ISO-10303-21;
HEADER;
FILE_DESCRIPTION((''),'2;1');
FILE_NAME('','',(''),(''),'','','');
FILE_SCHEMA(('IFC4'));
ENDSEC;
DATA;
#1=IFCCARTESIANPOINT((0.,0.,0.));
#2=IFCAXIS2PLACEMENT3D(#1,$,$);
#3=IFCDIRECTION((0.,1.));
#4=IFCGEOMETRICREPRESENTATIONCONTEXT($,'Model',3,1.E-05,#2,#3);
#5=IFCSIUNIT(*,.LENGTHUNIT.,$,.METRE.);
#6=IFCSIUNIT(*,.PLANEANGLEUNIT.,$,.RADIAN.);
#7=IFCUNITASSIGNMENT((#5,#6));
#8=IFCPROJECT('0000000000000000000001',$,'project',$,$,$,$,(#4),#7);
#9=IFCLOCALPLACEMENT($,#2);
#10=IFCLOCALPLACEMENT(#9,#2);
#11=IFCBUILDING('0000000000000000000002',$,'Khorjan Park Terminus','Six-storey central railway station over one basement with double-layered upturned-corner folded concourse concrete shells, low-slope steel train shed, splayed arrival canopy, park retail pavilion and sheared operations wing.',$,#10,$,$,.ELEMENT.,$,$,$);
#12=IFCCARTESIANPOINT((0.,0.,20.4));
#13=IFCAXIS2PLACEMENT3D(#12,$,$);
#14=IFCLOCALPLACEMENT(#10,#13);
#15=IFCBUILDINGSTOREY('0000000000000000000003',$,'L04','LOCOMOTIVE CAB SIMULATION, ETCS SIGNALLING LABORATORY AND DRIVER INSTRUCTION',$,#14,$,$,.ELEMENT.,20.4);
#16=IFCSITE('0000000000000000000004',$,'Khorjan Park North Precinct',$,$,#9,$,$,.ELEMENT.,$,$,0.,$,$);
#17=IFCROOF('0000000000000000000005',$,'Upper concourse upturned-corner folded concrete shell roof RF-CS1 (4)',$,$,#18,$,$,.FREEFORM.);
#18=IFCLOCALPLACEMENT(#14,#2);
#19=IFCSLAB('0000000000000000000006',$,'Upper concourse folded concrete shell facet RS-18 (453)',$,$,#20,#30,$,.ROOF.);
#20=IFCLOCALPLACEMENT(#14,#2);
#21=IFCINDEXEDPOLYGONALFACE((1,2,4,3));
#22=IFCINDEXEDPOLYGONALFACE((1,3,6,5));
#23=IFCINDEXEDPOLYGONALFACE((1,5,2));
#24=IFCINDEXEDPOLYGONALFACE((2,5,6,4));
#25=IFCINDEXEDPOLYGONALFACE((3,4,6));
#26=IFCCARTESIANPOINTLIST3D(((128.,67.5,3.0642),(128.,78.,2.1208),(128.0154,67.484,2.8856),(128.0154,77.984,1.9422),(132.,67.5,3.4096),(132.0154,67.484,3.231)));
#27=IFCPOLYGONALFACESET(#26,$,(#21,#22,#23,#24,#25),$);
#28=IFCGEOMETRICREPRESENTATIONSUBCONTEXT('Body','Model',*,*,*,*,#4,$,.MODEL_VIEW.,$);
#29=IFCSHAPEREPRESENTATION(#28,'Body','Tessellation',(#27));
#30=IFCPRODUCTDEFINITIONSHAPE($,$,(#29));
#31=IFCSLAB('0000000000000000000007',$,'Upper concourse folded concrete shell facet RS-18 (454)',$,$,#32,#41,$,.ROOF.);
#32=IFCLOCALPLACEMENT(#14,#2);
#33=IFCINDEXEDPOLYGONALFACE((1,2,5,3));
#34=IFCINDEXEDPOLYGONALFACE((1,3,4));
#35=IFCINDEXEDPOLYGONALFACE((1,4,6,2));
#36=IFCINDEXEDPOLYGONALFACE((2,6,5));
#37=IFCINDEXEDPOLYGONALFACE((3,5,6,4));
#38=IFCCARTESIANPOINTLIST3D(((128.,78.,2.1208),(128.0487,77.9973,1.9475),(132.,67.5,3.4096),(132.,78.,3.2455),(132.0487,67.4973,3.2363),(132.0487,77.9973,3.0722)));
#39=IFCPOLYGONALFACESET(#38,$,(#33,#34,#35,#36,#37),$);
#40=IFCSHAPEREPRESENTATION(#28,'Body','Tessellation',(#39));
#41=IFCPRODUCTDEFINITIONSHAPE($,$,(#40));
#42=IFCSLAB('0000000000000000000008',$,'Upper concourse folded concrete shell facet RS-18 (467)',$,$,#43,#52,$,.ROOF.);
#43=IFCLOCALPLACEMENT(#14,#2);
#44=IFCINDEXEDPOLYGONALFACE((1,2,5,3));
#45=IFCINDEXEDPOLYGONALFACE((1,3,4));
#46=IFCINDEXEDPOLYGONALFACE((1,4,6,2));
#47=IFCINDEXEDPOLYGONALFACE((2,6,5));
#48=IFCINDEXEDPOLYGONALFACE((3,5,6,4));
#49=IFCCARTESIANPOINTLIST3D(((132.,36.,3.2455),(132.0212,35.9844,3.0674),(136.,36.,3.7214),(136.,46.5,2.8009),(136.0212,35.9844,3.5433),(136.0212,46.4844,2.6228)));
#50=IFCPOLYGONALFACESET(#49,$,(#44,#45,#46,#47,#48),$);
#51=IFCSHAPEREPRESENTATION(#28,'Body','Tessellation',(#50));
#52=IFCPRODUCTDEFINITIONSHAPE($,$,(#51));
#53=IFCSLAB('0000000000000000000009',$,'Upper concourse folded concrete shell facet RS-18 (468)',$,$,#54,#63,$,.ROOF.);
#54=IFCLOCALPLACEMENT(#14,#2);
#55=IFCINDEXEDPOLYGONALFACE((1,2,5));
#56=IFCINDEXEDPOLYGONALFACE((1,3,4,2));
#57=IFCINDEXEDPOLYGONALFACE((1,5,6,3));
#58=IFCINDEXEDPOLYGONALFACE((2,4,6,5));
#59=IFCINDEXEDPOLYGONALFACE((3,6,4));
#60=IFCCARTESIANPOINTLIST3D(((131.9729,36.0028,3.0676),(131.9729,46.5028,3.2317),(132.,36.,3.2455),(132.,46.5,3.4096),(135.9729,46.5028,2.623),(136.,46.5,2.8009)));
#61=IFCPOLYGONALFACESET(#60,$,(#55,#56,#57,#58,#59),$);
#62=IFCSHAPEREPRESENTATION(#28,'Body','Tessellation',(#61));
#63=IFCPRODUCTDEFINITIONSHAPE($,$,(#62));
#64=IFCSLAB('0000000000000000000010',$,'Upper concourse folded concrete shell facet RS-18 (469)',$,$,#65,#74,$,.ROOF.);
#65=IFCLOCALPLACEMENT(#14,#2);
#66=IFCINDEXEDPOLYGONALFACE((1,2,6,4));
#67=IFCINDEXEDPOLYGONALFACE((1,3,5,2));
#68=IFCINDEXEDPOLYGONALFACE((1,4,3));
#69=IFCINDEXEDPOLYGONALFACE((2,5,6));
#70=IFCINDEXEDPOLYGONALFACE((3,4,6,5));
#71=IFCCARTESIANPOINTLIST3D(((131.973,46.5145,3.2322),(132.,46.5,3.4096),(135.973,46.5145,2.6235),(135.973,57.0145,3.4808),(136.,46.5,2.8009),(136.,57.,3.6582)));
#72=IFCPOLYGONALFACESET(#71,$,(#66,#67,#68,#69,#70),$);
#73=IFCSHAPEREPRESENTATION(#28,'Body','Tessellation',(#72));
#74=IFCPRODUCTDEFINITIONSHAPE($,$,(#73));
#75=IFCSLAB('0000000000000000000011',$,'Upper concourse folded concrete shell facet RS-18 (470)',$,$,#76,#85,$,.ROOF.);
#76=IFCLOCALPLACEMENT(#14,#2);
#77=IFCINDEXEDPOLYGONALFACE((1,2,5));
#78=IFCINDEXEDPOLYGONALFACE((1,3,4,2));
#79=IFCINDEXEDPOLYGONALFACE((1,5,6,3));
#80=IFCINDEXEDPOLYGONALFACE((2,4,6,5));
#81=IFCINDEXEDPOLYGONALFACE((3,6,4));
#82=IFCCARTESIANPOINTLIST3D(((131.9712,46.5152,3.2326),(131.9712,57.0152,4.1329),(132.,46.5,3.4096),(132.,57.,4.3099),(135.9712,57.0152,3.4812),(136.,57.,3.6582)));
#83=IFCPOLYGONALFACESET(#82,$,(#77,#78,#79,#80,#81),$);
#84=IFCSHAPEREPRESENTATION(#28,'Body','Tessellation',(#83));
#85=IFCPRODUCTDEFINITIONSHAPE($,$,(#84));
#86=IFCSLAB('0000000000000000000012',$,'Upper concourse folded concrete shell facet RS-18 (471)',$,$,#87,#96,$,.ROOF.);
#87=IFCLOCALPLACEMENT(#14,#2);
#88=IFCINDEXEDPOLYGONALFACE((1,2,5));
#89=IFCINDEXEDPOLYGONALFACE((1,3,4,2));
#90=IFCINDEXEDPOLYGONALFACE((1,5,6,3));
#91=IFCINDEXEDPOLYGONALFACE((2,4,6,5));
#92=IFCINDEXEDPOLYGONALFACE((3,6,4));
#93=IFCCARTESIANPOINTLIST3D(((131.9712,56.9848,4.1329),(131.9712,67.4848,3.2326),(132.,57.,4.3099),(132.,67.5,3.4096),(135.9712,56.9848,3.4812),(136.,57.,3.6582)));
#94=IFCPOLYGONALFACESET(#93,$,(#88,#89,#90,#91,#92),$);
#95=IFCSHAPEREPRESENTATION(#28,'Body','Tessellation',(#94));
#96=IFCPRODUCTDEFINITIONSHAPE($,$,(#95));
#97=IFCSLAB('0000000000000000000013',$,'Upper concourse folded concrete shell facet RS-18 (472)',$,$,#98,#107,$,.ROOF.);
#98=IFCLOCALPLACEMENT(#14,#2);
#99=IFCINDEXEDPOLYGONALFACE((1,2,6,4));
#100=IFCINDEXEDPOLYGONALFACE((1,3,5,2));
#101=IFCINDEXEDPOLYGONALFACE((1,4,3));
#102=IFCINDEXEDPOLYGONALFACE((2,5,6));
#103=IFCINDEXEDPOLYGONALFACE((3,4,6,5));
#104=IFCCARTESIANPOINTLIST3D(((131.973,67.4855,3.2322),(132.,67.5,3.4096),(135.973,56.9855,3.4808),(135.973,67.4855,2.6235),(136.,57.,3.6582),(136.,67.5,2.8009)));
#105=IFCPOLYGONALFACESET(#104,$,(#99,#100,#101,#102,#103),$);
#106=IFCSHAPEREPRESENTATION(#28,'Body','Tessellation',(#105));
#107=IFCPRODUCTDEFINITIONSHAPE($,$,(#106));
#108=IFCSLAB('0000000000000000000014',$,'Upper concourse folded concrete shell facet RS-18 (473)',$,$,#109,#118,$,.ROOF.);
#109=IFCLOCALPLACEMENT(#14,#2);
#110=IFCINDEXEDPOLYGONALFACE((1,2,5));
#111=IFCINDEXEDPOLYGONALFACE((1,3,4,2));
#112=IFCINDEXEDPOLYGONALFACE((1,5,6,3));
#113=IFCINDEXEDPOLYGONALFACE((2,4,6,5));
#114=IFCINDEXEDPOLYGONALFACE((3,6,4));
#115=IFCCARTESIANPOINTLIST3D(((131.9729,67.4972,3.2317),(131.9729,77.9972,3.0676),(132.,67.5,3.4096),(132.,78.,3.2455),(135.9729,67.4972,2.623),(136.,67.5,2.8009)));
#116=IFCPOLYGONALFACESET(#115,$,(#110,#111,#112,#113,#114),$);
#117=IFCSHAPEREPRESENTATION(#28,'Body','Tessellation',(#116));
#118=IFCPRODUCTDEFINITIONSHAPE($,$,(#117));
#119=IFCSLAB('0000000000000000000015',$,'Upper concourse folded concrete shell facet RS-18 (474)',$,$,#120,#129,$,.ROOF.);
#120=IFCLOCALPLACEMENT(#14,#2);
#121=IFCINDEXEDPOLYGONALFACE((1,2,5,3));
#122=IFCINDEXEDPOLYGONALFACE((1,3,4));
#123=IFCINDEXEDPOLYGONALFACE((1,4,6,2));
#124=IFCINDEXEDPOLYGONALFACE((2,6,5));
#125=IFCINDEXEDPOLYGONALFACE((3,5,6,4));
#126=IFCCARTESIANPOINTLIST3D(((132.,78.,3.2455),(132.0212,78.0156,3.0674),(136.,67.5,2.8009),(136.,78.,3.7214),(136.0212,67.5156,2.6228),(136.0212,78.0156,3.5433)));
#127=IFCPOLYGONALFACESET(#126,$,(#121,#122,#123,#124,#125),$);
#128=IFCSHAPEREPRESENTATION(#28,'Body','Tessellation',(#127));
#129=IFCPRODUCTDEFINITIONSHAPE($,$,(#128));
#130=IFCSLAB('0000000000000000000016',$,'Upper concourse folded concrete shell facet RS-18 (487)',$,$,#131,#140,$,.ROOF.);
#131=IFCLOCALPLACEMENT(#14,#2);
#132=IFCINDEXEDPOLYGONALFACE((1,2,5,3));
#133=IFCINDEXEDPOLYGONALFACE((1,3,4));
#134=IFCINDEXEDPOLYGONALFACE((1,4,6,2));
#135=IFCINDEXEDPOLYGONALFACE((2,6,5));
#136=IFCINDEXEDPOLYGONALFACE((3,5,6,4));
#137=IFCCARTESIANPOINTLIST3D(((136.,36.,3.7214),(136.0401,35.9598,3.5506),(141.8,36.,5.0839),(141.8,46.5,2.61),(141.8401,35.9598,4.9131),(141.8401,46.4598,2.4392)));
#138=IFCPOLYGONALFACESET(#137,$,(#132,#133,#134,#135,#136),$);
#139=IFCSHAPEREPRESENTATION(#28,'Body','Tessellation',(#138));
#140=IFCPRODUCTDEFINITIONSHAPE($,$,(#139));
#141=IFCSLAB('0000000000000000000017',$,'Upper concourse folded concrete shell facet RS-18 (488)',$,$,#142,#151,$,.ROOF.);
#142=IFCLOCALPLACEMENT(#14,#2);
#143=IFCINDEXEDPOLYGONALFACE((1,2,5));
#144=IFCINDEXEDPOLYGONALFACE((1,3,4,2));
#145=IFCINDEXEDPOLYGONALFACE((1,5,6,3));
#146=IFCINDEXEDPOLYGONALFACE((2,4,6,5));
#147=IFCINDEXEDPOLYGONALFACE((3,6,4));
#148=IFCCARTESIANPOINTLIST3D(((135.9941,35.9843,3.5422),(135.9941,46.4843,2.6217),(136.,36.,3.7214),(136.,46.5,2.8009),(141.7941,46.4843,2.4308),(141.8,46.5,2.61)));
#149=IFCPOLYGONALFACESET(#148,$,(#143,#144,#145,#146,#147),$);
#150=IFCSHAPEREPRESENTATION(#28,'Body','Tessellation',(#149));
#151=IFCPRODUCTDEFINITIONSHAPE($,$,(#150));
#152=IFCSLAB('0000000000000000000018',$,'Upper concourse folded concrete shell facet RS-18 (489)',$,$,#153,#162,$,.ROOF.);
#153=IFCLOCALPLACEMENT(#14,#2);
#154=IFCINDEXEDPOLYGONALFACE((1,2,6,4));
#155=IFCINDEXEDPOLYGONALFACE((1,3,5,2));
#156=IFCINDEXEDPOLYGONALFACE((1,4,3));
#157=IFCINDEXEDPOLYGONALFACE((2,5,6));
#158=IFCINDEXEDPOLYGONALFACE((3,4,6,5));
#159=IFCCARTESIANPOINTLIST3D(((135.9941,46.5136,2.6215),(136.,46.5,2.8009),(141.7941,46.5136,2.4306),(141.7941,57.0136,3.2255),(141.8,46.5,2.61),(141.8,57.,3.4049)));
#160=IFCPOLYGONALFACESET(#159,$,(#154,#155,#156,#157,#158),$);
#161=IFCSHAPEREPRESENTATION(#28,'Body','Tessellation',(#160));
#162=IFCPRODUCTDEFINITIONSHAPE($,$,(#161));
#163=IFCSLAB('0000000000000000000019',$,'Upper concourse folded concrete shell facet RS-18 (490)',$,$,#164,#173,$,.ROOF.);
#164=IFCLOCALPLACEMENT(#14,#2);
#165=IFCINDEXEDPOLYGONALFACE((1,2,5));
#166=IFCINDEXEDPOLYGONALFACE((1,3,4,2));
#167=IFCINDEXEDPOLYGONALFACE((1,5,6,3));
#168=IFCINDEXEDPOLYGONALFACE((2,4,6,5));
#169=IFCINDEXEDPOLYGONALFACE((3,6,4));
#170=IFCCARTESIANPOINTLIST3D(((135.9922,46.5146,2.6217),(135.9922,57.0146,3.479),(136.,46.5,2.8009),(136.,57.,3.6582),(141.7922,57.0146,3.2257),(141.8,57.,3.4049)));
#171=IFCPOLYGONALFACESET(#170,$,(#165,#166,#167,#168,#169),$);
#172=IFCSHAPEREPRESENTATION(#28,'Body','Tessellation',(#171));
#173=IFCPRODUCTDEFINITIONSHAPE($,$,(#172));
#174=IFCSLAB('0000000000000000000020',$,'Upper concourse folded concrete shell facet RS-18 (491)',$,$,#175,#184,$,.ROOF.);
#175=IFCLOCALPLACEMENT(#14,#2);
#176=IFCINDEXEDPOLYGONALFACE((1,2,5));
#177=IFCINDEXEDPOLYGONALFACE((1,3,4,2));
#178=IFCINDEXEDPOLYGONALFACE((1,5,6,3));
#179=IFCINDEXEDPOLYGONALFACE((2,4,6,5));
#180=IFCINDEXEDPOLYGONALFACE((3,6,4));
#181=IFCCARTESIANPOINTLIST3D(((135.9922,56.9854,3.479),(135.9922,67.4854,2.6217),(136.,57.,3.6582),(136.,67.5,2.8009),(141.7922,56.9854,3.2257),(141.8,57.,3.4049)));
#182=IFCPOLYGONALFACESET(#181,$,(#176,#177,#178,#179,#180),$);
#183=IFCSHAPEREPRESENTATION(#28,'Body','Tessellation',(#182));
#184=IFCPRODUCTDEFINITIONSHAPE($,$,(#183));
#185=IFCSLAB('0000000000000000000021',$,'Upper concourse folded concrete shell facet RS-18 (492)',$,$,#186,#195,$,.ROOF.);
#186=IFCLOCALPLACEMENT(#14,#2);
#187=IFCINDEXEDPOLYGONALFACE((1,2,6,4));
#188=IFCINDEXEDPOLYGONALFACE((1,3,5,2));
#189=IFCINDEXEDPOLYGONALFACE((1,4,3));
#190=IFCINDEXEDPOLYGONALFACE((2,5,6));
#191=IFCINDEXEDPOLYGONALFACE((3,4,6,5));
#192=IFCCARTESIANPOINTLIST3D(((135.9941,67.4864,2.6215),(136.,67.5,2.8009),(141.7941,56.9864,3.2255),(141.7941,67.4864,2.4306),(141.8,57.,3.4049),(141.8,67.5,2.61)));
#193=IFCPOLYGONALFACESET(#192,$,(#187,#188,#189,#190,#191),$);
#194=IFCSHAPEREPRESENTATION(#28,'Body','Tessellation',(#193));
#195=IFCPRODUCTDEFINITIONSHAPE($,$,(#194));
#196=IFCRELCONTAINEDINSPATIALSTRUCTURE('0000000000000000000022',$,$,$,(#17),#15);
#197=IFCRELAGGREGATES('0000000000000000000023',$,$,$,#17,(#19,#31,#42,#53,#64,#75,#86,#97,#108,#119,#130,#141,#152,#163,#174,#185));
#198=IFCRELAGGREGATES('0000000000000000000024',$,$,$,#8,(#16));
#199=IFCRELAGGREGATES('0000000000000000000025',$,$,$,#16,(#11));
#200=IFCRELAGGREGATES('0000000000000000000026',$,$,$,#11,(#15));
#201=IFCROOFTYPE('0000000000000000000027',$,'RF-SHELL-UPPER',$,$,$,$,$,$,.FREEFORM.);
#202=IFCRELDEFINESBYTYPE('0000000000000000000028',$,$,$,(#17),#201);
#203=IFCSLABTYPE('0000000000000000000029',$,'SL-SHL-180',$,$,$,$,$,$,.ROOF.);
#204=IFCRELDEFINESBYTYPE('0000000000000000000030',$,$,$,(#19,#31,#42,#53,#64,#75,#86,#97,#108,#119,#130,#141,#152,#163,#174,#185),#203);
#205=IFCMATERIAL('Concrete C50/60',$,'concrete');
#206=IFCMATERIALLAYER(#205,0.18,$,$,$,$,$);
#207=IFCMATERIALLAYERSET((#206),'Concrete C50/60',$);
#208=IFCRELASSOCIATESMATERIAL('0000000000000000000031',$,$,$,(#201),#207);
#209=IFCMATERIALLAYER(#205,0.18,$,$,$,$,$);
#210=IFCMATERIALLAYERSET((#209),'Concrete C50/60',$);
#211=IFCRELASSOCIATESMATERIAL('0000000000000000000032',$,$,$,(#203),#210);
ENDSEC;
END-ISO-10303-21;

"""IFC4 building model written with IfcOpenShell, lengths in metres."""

from ifc_helpers import new_model, si_unit, direction, frame, origin, place, context, subcontext, project, spatial, polyline, outline, extrude, material, layer, layer_set, type_object, element, aggregate, save


model = new_model("IFC4")

# Units and contexts
model_context = context("Model", 3, precision=1e-05, world=origin(), true_north=direction((0.0, 1.0)))
body_context = subcontext(model_context, "Body", "Model", "MODEL_VIEW")
ifc_project = project(units=[si_unit("LENGTHUNIT", "METRE"), si_unit("PLANEANGLEUNIT", "RADIAN")], contexts=[model_context])

# Site, building, storey
site_placement = place(None, origin())
site = spatial("IfcSite", under=ifc_project, at=site_placement, Name="Khorjan Park North Precinct", CompositionType="ELEMENT", RefElevation=0.0)
building_placement = place(site_placement, origin())
building = spatial("IfcBuilding", under=site, at=building_placement, Name="Khorjan Park Terminus", Description="Six-storey central railway station over one basement with double-layered upturned-corner folded concourse concrete shells, low-slope steel train shed, splayed arrival canopy, park retail pavilion and sheared operations wing.", CompositionType="ELEMENT")
storey_placement = place(building_placement, frame((0.0, 0.0, 20.4)))
storey = spatial("IfcBuildingStorey", under=building, at=storey_placement, Name="L04", Description="LOCOMOTIVE CAB SIMULATION, ETCS SIGNALLING LABORATORY AND DRIVER INSTRUCTION", CompositionType="ELEMENT", Elevation=20.4)

# Roof, slabs
ifc_material = material(Name="Concrete C50/60", Category="concrete")
ifc_layer_1 = layer(ifc_material, 0.18)
ifc_layer_set_1 = layer_set([ifc_layer_1], Name="Concrete C50/60")
roof_type = type_object("IfcRoofType", Name="RF-SHELL-UPPER", PredefinedType="FREEFORM", material=ifc_layer_set_1)
ifc_layer_2 = layer(ifc_material, 0.18)
ifc_layer_set_2 = layer_set([ifc_layer_2], Name="Concrete C50/60")
slab_type = type_object("IfcSlabType", Name="SL-SHL-180", PredefinedType="ROOF", material=ifc_layer_set_2)
roof_1_placement = place(storey_placement, origin())
roof_1 = element("IfcRoof", 1, at=roof_1_placement, inside=storey, type_object=roof_type, Name="Upper concourse upturned-corner folded concrete shell roof RF-CS1 (4)", PredefinedType="FREEFORM")
slab_1_placement = place(storey_placement, frame((128.0, 67.5, 3.0642), z_axis=(-0.085687, 0.089158, 0.992325), x_axis=(0.996293, 0.0, 0.08603)))
slab_1 = element("IfcSlab", 2, at=slab_1_placement, type_object=slab_type, Name="Upper concourse folded concrete shell facet RS-18 (453)", PredefinedType="ROOF", context=body_context, shape_type="SweptSolid", body=[
    extrude(outline(polyline([(0.0, 0.0), (4.0149, 0.0), (-0.0812, 10.542), (0.0, 0.0)])), origin(), (0.0, 0.0, -1.0), 0.18),
])
slab_2_placement = place(storey_placement, frame((132.0, 67.5, 3.4096), z_axis=(-0.270648, 0.015043, 0.962561), x_axis=(0.0, 0.999878, -0.015627)))
slab_2 = element("IfcSlab", 3, at=slab_2_placement, type_object=slab_type, Name="Upper concourse folded concrete shell facet RS-18 (454)", PredefinedType="ROOF", context=body_context, shape_type="SweptSolid", body=[
    extrude(outline(polyline([(0.0, 0.0), (10.5013, 0.0), (10.5189, 4.1551), (0.0, 0.0)])), origin(), (0.0, 0.0, -1.0), 0.18),
])
slab_3_placement = place(storey_placement, frame((132.0, 36.0, 3.2455), z_axis=(-0.117697, 0.086725, 0.989255), x_axis=(0.992997, 0.0, 0.118142)))
slab_3 = element("IfcSlab", 4, at=slab_3_placement, type_object=slab_type, Name="Upper concourse folded concrete shell facet RS-18 (467)", PredefinedType="ROOF", context=body_context, shape_type="SweptSolid", body=[
    extrude(outline(polyline([(0.0, 0.0), (4.0282, 0.0), (3.9195, 10.5397), (0.0, 0.0)])), origin(), (0.0, 0.0, -1.0), 0.18),
])
slab_4_placement = place(storey_placement, frame((132.0, 36.0, 3.2455), z_axis=(0.150425, -0.015449, 0.988501), x_axis=(0.355717, 0.933757, -0.039538)))
slab_4 = element("IfcSlab", 5, at=slab_4_placement, type_object=slab_type, Name="Upper concourse folded concrete shell facet RS-18 (468)", PredefinedType="ROOF", context=body_context, shape_type="SweptSolid", body=[
    extrude(outline(polyline([(0.0, 0.0), (11.2449, 0.0), (9.798, 3.7785), (0.0, 0.0)])), origin(), (0.0, 0.0, -1.0), 0.18),
])
slab_5_placement = place(storey_placement, frame((132.0, 46.5, 3.4096), z_axis=(0.149955, -0.080457, 0.985414), x_axis=(0.988619, 0.0, -0.150443)))
slab_5 = element("IfcSlab", 6, at=slab_5_placement, type_object=slab_type, Name="Upper concourse folded concrete shell facet RS-18 (469)", PredefinedType="ROOF", context=body_context, shape_type="SweptSolid", body=[
    extrude(outline(polyline([(0.0, 0.0), (4.046, 0.0), (3.9171, 10.5342), (0.0, 0.0)])), origin(), (0.0, 0.0, -1.0), 0.18),
])
slab_6_placement = place(storey_placement, frame((132.0, 46.5, 3.4096), z_axis=(0.160232, -0.084326, 0.983471), x_axis=(0.355908, 0.934259, 0.02212)))
slab_6 = element("IfcSlab", 7, at=slab_6_placement, type_object=slab_type, Name="Upper concourse folded concrete shell facet RS-18 (470)", PredefinedType="ROOF", context=body_context, shape_type="SweptSolid", body=[
    extrude(outline(polyline([(0.0, 0.0), (11.2389, 0.0), (9.8296, 3.7998), (0.0, 0.0)])), origin(), (0.0, 0.0, -1.0), 0.18),
])
slab_7_placement = place(storey_placement, frame((132.0, 57.0, 4.3099), z_axis=(0.160232, 0.084326, 0.983471), x_axis=(0.986986, 0.0, -0.160805)))
slab_7 = element("IfcSlab", 8, at=slab_7_placement, type_object=slab_type, Name="Upper concourse folded concrete shell facet RS-18 (471)", PredefinedType="ROOF", context=body_context, shape_type="SweptSolid", body=[
    extrude(outline(polyline([(0.0, 0.0), (4.0527, 0.0), (0.1448, 10.5375), (0.0, 0.0)])), origin(), (0.0, 0.0, -1.0), 0.18),
])
slab_8_placement = place(storey_placement, frame((136.0, 57.0, 3.6582), z_axis=(0.149955, 0.080457, 0.985414), x_axis=(0.0, 0.996683, -0.081377)))
slab_8 = element("IfcSlab", 9, at=slab_8_placement, type_object=slab_type, Name="Upper concourse folded concrete shell facet RS-18 (472)", PredefinedType="ROOF", context=body_context, shape_type="SweptSolid", body=[
    extrude(outline(polyline([(0.0, 0.0), (10.5349, 0.0), (10.4854, 4.0457), (0.0, 0.0)])), origin(), (0.0, 0.0, -1.0), 0.18),
])
slab_9_placement = place(storey_placement, frame((132.0, 67.5, 3.4096), z_axis=(0.150425, 0.015449, 0.988501), x_axis=(0.988619, 0.0, -0.150443)))
slab_9 = element("IfcSlab", 10, at=slab_9_placement, type_object=slab_type, Name="Upper concourse folded concrete shell facet RS-18 (473)", PredefinedType="ROOF", context=body_context, shape_type="SweptSolid", body=[
    extrude(outline(polyline([(0.0, 0.0), (4.046, 0.0), (0.0247, 10.5013), (0.0, 0.0)])), origin(), (0.0, 0.0, -1.0), 0.18),
])
slab_10_placement = place(storey_placement, frame((136.0, 67.5, 2.8009), z_axis=(-0.117697, -0.086725, 0.989255), x_axis=(0.0, 0.996179, 0.087332)))
slab_10 = element("IfcSlab", 11, at=slab_10_placement, type_object=slab_type, Name="Upper concourse folded concrete shell facet RS-18 (474)", PredefinedType="ROOF", context=body_context, shape_type="SweptSolid", body=[
    extrude(outline(polyline([(0.0, 0.0), (10.5403, 0.0), (10.4987, 4.028), (0.0, 0.0)])), origin(), (0.0, 0.0, -1.0), 0.18),
])
slab_11_placement = place(storey_placement, frame((136.0, 36.0, 3.7214), z_axis=(-0.2229, 0.223561, 0.94886), x_axis=(0.9735, 0.0, 0.228688)))
slab_11 = element("IfcSlab", 12, at=slab_11_placement, type_object=slab_type, Name="Upper concourse folded concrete shell facet RS-18 (487)", PredefinedType="ROOF", context=body_context, shape_type="SweptSolid", body=[
    extrude(outline(polyline([(0.0, 0.0), (5.9579, 0.0), (5.3921, 10.7727), (0.0, 0.0)])), origin(), (0.0, 0.0, -1.0), 0.18),
])
slab_12_placement = place(storey_placement, frame((136.0, 36.0, 3.7214), z_axis=(0.03277, 0.087285, 0.995644), x_axis=(0.481456, 0.871601, -0.092257)))
slab_12 = element("IfcSlab", 13, at=slab_12_placement, type_object=slab_type, Name="Upper concourse folded concrete shell facet RS-18 (488)", PredefinedType="ROOF", context=body_context, shape_type="SweptSolid", body=[
    extrude(outline(polyline([(0.0, 0.0), (12.0468, 0.0), (9.2367, 5.0774), (0.0, 0.0)])), origin(), (0.0, 0.0, -1.0), 0.18),
])
slab_13_placement = place(storey_placement, frame((136.0, 46.5, 2.8009), z_axis=(0.032802, -0.075448, 0.99661), x_axis=(0.999459, 0.0, -0.032896)))
slab_13 = element("IfcSlab", 14, at=slab_13_placement, type_object=slab_type, Name="Upper concourse folded concrete shell facet RS-18 (489)", PredefinedType="ROOF", context=body_context, shape_type="SweptSolid", body=[
    extrude(outline(polyline([(0.0, 0.0), (5.8031, 0.0), (5.777, 10.53), (0.0, 0.0)])), origin(), (0.0, 0.0, -1.0), 0.18),
])
slab_14_placement = place(storey_placement, frame((136.0, 46.5, 2.8009), z_axis=(0.043486, -0.0813, 0.995741), x_axis=(0.482906, 0.874227, 0.050289)))
slab_14 = element("IfcSlab", 15, at=slab_14_placement, type_object=slab_type, Name="Upper concourse folded concrete shell facet RS-18 (490)", PredefinedType="ROOF", context=body_context, shape_type="SweptSolid", body=[
    extrude(outline(polyline([(0.0, 0.0), (12.0106, 0.0), (9.2225, 5.0922), (0.0, 0.0)])), origin(), (0.0, 0.0, -1.0), 0.18),
])
slab_15_placement = place(storey_placement, frame((136.0, 57.0, 3.6582), z_axis=(0.043486, 0.0813, 0.995741), x_axis=(0.999048, 0.0, -0.043631)))
slab_15 = element("IfcSlab", 16, at=slab_15_placement, type_object=slab_type, Name="Upper concourse folded concrete shell facet RS-18 (491)", PredefinedType="ROOF", context=body_context, shape_type="SweptSolid", body=[
    extrude(outline(polyline([(0.0, 0.0), (5.8055, 0.0), (0.0374, 10.5349), (0.0, 0.0)])), origin(), (0.0, 0.0, -1.0), 0.18),
])
slab_16_placement = place(storey_placement, frame((141.8, 57.0, 3.4049), z_axis=(0.032802, 0.075448, 0.99661), x_axis=(0.0, 0.997147, -0.075489)))
slab_16 = element("IfcSlab", 17, at=slab_16_placement, type_object=slab_type, Name="Upper concourse folded concrete shell facet RS-18 (492)", PredefinedType="ROOF", context=body_context, shape_type="SweptSolid", body=[
    extrude(outline(polyline([(0.0, 0.0), (10.53, 0.0), (10.5156, 5.8031), (0.0, 0.0)])), origin(), (0.0, 0.0, -1.0), 0.18),
])
aggregate(roof_1, [slab_1, slab_2, slab_3, slab_4, slab_5, slab_6, slab_7, slab_8, slab_9, slab_10, slab_11, slab_12, slab_13, slab_14, slab_15, slab_16])

save(model, "model.ifc")
